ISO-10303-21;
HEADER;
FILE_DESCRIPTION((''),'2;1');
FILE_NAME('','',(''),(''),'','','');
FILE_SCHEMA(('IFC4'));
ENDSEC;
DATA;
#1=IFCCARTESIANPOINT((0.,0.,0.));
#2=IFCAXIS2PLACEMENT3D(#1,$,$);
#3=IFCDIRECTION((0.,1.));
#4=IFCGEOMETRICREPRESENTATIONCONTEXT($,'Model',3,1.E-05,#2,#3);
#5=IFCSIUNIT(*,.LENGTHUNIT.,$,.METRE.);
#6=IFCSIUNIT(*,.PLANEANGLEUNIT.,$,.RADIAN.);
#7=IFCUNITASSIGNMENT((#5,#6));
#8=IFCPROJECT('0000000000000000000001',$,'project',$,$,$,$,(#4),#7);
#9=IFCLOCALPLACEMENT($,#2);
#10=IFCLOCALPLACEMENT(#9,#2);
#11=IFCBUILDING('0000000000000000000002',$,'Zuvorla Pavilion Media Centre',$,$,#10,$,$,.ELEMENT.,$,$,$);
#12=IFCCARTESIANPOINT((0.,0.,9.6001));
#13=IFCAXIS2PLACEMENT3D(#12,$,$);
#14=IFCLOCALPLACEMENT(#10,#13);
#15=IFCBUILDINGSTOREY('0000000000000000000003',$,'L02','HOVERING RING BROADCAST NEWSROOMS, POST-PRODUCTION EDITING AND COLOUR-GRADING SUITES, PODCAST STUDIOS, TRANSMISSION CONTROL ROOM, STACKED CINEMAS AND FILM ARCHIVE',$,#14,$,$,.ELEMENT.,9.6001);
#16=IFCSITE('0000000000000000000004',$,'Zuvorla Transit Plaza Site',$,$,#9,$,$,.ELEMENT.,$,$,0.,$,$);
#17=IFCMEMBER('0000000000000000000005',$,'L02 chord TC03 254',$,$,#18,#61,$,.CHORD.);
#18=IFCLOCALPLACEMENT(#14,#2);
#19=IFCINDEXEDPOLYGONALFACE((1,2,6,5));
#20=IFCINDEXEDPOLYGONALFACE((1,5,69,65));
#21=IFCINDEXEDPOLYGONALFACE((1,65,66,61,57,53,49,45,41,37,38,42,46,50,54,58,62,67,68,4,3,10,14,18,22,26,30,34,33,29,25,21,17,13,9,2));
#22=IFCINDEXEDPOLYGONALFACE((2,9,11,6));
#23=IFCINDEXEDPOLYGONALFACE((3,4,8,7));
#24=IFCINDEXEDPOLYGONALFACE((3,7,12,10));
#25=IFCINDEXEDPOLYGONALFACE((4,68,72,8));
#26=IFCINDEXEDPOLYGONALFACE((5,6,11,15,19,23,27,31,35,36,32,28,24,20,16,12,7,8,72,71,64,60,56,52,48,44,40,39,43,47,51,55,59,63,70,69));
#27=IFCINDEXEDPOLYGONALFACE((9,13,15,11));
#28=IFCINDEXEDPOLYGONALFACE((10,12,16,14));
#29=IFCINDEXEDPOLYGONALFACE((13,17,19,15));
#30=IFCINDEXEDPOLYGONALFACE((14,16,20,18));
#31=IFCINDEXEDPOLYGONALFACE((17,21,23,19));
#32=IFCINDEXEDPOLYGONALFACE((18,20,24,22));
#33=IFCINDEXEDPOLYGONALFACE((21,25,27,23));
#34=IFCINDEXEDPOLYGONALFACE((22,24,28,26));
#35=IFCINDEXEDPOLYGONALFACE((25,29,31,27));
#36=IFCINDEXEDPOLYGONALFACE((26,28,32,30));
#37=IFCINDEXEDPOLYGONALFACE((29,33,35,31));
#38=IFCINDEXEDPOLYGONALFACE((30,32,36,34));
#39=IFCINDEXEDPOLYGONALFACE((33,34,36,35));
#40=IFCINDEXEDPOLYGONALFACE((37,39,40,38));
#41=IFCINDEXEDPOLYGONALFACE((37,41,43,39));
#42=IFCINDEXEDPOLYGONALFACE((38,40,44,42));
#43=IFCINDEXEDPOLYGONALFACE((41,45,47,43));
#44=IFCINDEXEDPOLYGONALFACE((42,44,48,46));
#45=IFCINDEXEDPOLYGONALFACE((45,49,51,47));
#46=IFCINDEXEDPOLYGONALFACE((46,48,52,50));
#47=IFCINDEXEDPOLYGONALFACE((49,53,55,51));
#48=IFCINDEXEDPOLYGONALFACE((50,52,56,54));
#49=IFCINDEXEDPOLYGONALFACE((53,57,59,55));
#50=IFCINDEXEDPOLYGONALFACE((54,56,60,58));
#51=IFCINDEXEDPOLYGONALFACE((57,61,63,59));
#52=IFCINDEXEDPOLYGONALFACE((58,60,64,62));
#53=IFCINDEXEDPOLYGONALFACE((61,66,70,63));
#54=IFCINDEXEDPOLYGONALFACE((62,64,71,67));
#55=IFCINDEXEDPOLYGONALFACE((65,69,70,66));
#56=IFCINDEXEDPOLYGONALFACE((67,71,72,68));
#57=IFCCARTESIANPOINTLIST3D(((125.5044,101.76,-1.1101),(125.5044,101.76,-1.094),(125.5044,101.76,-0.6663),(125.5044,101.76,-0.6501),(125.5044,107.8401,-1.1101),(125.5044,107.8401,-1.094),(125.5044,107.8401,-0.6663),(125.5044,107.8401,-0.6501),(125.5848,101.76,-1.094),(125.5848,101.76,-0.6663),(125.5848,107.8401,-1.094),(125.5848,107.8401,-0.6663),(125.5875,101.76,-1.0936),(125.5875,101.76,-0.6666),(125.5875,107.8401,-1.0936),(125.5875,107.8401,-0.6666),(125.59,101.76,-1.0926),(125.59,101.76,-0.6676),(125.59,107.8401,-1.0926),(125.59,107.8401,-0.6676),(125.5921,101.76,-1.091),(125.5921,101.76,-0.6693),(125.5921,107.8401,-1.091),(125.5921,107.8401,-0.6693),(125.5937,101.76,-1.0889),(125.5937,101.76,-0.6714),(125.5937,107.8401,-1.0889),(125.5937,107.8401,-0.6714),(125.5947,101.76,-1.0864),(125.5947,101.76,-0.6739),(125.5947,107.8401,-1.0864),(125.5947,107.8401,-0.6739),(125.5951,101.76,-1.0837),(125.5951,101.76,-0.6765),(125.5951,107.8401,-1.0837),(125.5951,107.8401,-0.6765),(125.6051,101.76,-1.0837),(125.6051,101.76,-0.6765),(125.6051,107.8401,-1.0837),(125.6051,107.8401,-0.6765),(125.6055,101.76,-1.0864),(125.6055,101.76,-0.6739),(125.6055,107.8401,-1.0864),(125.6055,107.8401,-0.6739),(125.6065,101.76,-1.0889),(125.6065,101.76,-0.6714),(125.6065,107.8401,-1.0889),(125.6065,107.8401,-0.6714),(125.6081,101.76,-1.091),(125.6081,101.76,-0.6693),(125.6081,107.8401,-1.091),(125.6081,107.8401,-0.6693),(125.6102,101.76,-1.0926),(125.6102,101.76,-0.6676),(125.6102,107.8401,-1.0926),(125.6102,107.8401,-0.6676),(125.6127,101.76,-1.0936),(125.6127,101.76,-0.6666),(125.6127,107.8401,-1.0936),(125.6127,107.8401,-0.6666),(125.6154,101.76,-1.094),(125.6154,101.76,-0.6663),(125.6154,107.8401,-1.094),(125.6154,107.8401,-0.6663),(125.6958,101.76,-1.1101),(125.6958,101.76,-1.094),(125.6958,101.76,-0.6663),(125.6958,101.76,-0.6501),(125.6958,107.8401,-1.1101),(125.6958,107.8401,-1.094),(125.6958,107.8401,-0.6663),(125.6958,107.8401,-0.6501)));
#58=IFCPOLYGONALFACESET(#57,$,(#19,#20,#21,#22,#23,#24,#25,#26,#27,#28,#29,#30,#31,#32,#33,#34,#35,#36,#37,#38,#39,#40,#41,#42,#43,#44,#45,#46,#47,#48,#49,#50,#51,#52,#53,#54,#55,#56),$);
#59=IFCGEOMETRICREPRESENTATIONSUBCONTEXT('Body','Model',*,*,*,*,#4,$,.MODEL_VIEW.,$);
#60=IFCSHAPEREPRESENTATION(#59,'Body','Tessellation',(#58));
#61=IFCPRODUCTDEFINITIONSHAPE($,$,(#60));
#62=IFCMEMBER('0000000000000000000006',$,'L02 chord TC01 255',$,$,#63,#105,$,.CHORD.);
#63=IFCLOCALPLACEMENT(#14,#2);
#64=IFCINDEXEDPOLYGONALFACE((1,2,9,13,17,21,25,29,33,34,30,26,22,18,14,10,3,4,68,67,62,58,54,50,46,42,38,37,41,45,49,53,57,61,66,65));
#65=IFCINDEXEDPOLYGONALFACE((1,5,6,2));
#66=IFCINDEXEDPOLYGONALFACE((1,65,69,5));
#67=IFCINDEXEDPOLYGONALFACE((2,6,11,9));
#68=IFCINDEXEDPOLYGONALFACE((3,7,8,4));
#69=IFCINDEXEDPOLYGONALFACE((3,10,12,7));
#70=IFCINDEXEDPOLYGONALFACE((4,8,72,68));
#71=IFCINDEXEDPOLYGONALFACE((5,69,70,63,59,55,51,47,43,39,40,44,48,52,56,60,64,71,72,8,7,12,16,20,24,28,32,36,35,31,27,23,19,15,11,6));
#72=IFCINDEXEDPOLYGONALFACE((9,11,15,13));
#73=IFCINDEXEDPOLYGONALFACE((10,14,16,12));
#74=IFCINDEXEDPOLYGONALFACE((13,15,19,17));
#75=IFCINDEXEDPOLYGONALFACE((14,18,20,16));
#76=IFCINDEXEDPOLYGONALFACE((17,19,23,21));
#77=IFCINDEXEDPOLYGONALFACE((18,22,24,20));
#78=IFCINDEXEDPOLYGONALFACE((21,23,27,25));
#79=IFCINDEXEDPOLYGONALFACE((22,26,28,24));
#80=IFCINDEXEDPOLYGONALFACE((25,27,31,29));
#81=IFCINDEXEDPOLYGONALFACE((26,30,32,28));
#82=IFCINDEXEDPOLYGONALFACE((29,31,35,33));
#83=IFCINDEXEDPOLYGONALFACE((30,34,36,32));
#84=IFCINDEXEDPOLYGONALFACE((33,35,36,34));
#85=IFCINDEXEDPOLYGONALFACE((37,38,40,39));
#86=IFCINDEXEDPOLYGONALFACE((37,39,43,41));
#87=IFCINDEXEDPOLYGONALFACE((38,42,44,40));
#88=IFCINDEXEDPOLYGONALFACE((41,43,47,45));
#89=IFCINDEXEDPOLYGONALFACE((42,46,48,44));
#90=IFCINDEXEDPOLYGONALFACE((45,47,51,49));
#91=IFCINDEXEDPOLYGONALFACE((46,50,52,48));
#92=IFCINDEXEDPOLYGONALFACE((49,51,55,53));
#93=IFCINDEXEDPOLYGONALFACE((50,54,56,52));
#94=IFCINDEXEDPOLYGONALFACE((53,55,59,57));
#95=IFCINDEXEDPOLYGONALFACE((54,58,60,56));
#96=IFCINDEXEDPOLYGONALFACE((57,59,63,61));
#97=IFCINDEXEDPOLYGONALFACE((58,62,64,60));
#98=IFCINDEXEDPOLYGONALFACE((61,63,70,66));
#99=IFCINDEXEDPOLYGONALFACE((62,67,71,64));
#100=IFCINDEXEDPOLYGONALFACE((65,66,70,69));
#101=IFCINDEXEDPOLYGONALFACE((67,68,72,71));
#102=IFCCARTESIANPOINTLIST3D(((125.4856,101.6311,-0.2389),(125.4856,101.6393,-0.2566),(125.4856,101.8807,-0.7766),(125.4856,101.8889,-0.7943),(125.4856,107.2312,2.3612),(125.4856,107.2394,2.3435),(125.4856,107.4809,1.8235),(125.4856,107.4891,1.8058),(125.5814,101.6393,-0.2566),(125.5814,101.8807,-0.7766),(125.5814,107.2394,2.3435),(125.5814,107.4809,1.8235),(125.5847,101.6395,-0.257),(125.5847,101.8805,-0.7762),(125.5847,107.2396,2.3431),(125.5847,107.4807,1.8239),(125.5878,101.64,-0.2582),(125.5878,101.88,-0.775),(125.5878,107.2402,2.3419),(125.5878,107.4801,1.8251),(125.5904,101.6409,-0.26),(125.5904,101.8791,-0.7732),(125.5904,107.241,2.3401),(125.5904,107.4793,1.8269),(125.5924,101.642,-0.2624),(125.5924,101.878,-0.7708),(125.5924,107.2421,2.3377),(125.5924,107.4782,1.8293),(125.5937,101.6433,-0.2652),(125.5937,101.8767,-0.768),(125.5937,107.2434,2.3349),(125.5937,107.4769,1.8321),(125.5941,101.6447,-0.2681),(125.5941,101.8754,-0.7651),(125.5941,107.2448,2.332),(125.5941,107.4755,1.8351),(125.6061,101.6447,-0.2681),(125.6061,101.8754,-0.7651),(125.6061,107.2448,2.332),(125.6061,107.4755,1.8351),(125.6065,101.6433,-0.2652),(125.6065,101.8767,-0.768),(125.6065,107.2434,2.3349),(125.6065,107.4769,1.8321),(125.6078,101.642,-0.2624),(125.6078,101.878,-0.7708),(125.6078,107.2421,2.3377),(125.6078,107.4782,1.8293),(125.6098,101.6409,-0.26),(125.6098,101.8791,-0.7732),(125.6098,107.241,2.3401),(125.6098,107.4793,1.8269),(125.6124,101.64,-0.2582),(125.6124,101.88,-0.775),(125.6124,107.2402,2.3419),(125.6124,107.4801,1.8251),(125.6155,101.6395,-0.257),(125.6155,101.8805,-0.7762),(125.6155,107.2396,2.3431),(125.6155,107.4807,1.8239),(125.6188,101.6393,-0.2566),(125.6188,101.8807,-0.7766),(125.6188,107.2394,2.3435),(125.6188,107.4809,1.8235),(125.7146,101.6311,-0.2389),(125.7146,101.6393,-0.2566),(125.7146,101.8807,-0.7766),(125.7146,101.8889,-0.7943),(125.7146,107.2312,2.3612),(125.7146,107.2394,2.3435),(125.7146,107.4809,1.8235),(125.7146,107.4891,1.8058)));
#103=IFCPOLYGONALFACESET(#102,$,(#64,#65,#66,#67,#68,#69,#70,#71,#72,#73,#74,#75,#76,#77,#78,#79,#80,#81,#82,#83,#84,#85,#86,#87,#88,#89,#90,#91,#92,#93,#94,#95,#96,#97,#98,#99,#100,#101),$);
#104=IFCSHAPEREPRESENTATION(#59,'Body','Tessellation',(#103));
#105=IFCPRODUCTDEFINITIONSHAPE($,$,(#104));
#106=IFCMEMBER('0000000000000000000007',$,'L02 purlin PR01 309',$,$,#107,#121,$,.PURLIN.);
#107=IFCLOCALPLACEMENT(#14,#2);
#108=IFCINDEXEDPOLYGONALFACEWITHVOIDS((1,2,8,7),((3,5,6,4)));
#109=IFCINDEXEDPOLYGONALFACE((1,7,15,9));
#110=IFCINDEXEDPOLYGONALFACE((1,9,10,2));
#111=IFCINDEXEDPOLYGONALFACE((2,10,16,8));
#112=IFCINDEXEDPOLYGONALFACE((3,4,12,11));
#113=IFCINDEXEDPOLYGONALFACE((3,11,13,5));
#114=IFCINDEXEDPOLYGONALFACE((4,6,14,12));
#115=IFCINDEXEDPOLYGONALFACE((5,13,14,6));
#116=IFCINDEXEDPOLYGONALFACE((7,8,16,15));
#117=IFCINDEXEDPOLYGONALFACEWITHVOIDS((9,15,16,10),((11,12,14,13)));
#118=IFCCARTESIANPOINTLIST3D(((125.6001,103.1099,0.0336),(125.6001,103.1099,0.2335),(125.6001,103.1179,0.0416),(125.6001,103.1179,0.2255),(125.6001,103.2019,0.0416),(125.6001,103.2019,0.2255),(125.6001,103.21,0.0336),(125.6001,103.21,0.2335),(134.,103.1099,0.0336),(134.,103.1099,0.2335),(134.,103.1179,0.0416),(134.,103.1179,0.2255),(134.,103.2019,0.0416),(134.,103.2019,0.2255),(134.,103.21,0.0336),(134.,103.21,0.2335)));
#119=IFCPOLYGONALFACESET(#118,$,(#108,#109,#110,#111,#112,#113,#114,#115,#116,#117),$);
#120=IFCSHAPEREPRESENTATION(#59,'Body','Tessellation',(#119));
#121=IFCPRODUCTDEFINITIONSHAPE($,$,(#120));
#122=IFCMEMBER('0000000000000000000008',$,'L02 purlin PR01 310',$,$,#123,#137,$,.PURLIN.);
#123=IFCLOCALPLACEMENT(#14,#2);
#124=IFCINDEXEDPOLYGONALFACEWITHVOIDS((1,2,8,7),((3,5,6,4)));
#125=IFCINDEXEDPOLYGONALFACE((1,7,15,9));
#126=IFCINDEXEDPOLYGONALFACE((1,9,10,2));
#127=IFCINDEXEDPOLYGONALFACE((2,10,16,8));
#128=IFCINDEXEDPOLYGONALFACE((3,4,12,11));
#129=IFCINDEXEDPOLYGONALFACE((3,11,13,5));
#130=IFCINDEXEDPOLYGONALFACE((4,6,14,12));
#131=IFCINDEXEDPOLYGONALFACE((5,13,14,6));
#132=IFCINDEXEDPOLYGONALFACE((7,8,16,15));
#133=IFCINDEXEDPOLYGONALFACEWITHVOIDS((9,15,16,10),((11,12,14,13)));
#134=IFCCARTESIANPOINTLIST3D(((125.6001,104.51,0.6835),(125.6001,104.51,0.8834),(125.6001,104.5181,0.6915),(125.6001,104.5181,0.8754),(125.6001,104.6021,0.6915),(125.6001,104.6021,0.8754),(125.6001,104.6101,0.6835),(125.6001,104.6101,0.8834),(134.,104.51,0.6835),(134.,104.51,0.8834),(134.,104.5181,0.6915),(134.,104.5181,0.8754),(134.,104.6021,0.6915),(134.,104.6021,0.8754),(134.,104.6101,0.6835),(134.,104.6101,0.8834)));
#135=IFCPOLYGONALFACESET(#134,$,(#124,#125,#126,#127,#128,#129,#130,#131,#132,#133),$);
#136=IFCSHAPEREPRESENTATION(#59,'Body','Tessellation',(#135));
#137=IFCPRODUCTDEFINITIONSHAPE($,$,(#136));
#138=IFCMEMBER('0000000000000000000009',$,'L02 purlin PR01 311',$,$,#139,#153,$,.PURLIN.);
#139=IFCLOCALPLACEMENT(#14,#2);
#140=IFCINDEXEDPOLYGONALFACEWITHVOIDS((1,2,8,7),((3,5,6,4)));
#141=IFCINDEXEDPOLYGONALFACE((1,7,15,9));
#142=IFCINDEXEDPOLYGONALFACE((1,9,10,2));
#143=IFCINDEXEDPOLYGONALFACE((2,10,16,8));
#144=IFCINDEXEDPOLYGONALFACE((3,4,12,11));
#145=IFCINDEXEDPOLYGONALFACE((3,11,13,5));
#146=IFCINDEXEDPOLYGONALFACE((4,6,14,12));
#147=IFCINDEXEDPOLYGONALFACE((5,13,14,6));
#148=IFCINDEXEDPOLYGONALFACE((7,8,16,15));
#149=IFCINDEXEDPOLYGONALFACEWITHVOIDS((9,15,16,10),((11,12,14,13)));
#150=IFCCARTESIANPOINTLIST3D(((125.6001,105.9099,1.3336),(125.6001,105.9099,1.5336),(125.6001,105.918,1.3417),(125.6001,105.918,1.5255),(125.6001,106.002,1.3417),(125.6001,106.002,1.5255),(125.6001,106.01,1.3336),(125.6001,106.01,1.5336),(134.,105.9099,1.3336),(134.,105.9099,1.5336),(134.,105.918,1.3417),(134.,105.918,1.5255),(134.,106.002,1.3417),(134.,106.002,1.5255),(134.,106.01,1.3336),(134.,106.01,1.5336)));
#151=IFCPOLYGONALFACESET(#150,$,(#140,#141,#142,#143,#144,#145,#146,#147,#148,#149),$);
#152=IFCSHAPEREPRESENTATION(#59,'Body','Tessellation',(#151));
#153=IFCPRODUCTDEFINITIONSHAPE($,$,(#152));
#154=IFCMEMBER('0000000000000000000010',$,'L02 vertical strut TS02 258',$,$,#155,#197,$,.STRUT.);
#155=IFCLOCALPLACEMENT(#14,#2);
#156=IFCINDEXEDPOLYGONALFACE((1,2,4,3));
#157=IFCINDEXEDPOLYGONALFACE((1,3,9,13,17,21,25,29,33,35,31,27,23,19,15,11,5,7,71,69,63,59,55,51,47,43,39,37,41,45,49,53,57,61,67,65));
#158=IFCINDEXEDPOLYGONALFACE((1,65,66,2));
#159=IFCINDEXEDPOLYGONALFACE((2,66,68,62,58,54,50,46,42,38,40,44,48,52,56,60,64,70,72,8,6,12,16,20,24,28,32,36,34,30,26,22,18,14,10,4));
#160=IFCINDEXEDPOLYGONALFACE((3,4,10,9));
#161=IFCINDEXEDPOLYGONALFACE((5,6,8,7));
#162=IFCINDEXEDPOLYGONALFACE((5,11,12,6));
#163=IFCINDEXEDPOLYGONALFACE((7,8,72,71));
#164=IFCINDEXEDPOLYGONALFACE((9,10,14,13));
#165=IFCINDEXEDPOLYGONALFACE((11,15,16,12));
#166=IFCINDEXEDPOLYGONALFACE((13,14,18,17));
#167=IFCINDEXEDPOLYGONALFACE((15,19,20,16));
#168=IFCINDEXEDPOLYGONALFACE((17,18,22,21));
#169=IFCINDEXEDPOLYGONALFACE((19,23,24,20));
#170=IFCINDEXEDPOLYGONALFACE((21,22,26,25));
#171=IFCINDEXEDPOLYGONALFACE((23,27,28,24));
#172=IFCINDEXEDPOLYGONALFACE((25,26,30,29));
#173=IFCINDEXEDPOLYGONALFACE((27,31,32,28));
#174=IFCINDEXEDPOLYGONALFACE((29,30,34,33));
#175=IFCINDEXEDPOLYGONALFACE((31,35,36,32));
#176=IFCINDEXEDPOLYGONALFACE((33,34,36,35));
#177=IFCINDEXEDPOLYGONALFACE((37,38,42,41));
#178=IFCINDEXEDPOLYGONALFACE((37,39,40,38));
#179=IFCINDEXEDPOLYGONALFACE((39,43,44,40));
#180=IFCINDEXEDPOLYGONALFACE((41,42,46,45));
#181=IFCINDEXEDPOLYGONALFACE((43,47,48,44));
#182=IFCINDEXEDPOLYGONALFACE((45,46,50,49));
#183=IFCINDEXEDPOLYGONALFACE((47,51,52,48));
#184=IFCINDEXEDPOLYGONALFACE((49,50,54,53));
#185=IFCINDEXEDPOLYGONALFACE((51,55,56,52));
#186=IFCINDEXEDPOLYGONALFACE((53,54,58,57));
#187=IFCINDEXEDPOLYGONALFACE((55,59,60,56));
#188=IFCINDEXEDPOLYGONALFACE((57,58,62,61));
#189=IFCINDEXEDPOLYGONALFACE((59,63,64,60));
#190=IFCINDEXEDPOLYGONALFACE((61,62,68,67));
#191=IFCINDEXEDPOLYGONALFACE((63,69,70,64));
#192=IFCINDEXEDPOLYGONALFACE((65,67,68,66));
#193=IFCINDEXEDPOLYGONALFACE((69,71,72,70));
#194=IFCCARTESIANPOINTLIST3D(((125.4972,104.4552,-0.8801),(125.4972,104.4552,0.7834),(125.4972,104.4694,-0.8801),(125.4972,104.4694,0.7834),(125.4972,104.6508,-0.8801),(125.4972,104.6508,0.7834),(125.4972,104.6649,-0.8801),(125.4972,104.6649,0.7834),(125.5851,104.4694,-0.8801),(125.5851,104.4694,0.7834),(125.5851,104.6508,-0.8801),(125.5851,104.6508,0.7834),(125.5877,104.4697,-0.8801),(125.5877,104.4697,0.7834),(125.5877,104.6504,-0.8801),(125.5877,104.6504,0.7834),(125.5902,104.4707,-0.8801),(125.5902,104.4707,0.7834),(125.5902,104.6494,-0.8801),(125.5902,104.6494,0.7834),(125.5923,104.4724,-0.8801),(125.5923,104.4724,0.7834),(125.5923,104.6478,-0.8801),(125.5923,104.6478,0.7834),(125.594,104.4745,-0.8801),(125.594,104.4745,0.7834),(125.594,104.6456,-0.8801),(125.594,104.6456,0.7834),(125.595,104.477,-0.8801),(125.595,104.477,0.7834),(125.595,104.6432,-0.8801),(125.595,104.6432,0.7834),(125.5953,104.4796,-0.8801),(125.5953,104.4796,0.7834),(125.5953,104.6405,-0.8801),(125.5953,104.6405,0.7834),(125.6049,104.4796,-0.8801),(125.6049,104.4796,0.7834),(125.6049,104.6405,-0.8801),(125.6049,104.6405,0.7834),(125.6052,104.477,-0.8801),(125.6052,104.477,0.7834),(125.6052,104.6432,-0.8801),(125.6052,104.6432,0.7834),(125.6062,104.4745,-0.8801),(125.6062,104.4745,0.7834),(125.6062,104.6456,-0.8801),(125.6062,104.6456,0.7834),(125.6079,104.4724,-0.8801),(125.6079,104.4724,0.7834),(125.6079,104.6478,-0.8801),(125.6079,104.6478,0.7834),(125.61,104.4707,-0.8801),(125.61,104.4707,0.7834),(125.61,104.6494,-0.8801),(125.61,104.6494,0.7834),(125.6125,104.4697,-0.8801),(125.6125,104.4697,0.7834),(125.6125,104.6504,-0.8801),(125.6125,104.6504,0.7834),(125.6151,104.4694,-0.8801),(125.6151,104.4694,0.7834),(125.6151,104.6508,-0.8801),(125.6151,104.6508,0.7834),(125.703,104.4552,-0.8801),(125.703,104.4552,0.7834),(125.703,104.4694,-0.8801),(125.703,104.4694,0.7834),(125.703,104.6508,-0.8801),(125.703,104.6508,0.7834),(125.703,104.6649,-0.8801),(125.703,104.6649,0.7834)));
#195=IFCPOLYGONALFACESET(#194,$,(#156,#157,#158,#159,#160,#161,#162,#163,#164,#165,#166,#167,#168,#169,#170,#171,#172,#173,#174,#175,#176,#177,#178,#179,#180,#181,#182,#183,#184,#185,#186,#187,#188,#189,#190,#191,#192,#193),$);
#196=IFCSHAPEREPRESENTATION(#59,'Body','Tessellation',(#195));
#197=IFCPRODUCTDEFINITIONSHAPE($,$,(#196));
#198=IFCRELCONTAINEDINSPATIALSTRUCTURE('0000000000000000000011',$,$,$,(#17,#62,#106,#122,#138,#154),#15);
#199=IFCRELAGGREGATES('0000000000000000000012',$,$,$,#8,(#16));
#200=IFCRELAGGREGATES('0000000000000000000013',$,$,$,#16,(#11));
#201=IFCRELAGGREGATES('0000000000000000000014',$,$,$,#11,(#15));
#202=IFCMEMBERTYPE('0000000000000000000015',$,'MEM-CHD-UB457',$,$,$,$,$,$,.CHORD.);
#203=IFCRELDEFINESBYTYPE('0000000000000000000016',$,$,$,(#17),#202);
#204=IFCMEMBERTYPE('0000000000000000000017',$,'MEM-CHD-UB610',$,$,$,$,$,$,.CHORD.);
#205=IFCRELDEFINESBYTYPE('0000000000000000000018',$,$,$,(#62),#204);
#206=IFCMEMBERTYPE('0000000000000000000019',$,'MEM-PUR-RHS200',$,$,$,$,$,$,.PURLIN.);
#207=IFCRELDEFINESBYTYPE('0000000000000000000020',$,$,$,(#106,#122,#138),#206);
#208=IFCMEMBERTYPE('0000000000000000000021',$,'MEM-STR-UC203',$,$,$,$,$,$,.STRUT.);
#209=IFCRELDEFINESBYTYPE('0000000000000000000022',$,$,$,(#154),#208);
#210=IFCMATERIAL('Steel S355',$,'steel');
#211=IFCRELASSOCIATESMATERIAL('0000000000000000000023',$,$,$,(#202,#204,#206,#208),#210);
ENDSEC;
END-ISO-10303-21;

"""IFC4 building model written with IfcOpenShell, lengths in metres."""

from ifc_helpers import new_model, si_unit, direction, frame, origin, origin_2d, place, context, subcontext, project, spatial, hollow_rectangle, i_section, extrude, material, material_profile, profile_set, type_object, element, save


model = new_model("IFC4")

# Units and contexts
model_context = context("Model", 3, precision=1e-05, world=origin(), true_north=direction((0.0, 1.0)))
body_context = subcontext(model_context, "Body", "Model", "MODEL_VIEW")
ifc_project = project(units=[si_unit("LENGTHUNIT", "METRE"), si_unit("PLANEANGLEUNIT", "RADIAN")], contexts=[model_context])

# Site, building, storey
site_placement = place(None, origin())
site = spatial("IfcSite", under=ifc_project, at=site_placement, Name="Zuvorla Transit Plaza Site", CompositionType="ELEMENT", RefElevation=0.0)
building_placement = place(site_placement, origin())
building = spatial("IfcBuilding", under=site, at=building_placement, Name="Zuvorla Pavilion Media Centre", CompositionType="ELEMENT")
storey_placement = place(building_placement, frame((0.0, 0.0, 9.6001)))
storey = spatial("IfcBuildingStorey", under=building, at=storey_placement, Name="L02", Description="HOVERING RING BROADCAST NEWSROOMS, POST-PRODUCTION EDITING AND COLOUR-GRADING SUITES, PODCAST STUDIOS, TRANSMISSION CONTROL ROOM, STACKED CINEMAS AND FILM ARCHIVE", CompositionType="ELEMENT", Elevation=9.6001)

# Shared definitions
ifc_material_1 = material(Name="Steel S355", Category="steel")

# Members
ifc_material_profile_1 = material_profile(ifc_material_1, i_section(OverallWidth=0.1914, OverallDepth=0.46, WebThickness=0.01, FlangeThickness=0.0161, FilletRadius=0.0103, at=origin_2d()), Name="UB 457x191x82")
ifc_profile_set_1 = profile_set([ifc_material_profile_1], Name="Steel S355")
member_type_1 = type_object("IfcMemberType", Name="MEM-CHD-UB457", PredefinedType="CHORD", material=ifc_profile_set_1)
member_1_placement = place(storey_placement, frame((125.6001, 101.76, -0.8801), z_axis=(0.0, 1.0, 0.0), x_axis=(-1.0, 0.0, 0.0)))
element("IfcMember", 1, at=member_1_placement, inside=storey, type_object=member_type_1, Name="L02 chord TC03 254", PredefinedType="CHORD", context=body_context, shape_type="SweptSolid", body=[
    extrude(i_section(OverallWidth=0.1914, OverallDepth=0.46, WebThickness=0.01, FlangeThickness=0.0161, FilletRadius=0.0103, at=origin_2d()), origin(), (0.0, 0.0, 1.0), 6.0801),
])
ifc_material_profile_2 = material_profile(ifc_material_1, i_section(OverallWidth=0.229, OverallDepth=0.6123, WebThickness=0.012, FlangeThickness=0.0195, FilletRadius=0.0127, at=origin_2d()), Name="UB 610x229x125")
ifc_profile_set_2 = profile_set([ifc_material_profile_2], Name="Steel S355")
member_type_2 = type_object("IfcMemberType", Name="MEM-CHD-UB610", PredefinedType="CHORD", material=ifc_profile_set_2)
member_2_placement = place(storey_placement, frame((125.6001, 101.76, -0.5166), z_axis=(0.0, 0.907006, 0.421118), x_axis=(-1.0, 0.0, 0.0)))
element("IfcMember", 2, at=member_2_placement, inside=storey, type_object=member_type_2, Name="L02 chord TC01 255", PredefinedType="CHORD", context=body_context, shape_type="SweptSolid", body=[
    extrude(i_section(OverallWidth=0.229, OverallDepth=0.6123, WebThickness=0.012, FlangeThickness=0.0195, FilletRadius=0.0127, at=origin_2d()), origin(), (0.0, 0.0, 1.0), 6.1743),
])
ifc_material_profile_3 = material_profile(ifc_material_1, hollow_rectangle(XDim=0.1001, YDim=0.2, WallThickness=0.0081, at=origin_2d()), Name="RHS 200x100x8")
ifc_profile_set_3 = profile_set([ifc_material_profile_3], Name="Steel S355")
member_type_3 = type_object("IfcMemberType", Name="MEM-PUR-RHS200", PredefinedType="PURLIN", material=ifc_profile_set_3)
for number, where, z_axis, x_axis, name in (
    (3, (125.6001, 103.1599, 0.1335), (1.0, 0.0, 0.0), (0.0, 1.0, 0.0), "L02 purlin PR01 309"),
    (4, (125.6001, 104.5601, 0.7834), (1.0, 0.0, 0.0), (0.0, 1.0, 0.0), "L02 purlin PR01 310"),
    (5, (125.6001, 105.96, 1.4336), (1.0, 0.0, 0.0), (0.0, 1.0, 0.0), "L02 purlin PR01 311"),
):
    element("IfcMember", number, at=place(storey_placement, frame(where, z_axis=z_axis, x_axis=x_axis)), inside=storey, type_object=member_type_3, Name=name, PredefinedType="PURLIN", context=body_context, shape_type="SweptSolid", body=[
        extrude(hollow_rectangle(XDim=0.1001, YDim=0.2, WallThickness=0.0081, at=origin_2d()), origin(), (0.0, 0.0, 1.0), 8.3999),
    ])
ifc_material_profile_4 = material_profile(ifc_material_1, i_section(OverallWidth=0.2058, OverallDepth=0.2097, WebThickness=0.0095, FlangeThickness=0.0142, FilletRadius=0.0103, at=origin_2d()), Name="UC 203x203x60")
ifc_profile_set_4 = profile_set([ifc_material_profile_4], Name="Steel S355")
member_type_4 = type_object("IfcMemberType", Name="MEM-STR-UC203", PredefinedType="STRUT", material=ifc_profile_set_4)
member_3_placement = place(storey_placement, frame((125.6001, 104.5601, -0.8801), z_axis=(0.0, 0.0, 1.0), x_axis=(1.0, 0.0, 0.0)))
element("IfcMember", 6, at=member_3_placement, inside=storey, type_object=member_type_4, Name="L02 vertical strut TS02 258", PredefinedType="STRUT", context=body_context, shape_type="SweptSolid", body=[
    extrude(i_section(OverallWidth=0.2058, OverallDepth=0.2097, WebThickness=0.0095, FlangeThickness=0.0142, FilletRadius=0.0103, at=origin_2d()), origin(), (0.0, 0.0, 1.0), 1.6636),
])

save(model, "model.ifc")
